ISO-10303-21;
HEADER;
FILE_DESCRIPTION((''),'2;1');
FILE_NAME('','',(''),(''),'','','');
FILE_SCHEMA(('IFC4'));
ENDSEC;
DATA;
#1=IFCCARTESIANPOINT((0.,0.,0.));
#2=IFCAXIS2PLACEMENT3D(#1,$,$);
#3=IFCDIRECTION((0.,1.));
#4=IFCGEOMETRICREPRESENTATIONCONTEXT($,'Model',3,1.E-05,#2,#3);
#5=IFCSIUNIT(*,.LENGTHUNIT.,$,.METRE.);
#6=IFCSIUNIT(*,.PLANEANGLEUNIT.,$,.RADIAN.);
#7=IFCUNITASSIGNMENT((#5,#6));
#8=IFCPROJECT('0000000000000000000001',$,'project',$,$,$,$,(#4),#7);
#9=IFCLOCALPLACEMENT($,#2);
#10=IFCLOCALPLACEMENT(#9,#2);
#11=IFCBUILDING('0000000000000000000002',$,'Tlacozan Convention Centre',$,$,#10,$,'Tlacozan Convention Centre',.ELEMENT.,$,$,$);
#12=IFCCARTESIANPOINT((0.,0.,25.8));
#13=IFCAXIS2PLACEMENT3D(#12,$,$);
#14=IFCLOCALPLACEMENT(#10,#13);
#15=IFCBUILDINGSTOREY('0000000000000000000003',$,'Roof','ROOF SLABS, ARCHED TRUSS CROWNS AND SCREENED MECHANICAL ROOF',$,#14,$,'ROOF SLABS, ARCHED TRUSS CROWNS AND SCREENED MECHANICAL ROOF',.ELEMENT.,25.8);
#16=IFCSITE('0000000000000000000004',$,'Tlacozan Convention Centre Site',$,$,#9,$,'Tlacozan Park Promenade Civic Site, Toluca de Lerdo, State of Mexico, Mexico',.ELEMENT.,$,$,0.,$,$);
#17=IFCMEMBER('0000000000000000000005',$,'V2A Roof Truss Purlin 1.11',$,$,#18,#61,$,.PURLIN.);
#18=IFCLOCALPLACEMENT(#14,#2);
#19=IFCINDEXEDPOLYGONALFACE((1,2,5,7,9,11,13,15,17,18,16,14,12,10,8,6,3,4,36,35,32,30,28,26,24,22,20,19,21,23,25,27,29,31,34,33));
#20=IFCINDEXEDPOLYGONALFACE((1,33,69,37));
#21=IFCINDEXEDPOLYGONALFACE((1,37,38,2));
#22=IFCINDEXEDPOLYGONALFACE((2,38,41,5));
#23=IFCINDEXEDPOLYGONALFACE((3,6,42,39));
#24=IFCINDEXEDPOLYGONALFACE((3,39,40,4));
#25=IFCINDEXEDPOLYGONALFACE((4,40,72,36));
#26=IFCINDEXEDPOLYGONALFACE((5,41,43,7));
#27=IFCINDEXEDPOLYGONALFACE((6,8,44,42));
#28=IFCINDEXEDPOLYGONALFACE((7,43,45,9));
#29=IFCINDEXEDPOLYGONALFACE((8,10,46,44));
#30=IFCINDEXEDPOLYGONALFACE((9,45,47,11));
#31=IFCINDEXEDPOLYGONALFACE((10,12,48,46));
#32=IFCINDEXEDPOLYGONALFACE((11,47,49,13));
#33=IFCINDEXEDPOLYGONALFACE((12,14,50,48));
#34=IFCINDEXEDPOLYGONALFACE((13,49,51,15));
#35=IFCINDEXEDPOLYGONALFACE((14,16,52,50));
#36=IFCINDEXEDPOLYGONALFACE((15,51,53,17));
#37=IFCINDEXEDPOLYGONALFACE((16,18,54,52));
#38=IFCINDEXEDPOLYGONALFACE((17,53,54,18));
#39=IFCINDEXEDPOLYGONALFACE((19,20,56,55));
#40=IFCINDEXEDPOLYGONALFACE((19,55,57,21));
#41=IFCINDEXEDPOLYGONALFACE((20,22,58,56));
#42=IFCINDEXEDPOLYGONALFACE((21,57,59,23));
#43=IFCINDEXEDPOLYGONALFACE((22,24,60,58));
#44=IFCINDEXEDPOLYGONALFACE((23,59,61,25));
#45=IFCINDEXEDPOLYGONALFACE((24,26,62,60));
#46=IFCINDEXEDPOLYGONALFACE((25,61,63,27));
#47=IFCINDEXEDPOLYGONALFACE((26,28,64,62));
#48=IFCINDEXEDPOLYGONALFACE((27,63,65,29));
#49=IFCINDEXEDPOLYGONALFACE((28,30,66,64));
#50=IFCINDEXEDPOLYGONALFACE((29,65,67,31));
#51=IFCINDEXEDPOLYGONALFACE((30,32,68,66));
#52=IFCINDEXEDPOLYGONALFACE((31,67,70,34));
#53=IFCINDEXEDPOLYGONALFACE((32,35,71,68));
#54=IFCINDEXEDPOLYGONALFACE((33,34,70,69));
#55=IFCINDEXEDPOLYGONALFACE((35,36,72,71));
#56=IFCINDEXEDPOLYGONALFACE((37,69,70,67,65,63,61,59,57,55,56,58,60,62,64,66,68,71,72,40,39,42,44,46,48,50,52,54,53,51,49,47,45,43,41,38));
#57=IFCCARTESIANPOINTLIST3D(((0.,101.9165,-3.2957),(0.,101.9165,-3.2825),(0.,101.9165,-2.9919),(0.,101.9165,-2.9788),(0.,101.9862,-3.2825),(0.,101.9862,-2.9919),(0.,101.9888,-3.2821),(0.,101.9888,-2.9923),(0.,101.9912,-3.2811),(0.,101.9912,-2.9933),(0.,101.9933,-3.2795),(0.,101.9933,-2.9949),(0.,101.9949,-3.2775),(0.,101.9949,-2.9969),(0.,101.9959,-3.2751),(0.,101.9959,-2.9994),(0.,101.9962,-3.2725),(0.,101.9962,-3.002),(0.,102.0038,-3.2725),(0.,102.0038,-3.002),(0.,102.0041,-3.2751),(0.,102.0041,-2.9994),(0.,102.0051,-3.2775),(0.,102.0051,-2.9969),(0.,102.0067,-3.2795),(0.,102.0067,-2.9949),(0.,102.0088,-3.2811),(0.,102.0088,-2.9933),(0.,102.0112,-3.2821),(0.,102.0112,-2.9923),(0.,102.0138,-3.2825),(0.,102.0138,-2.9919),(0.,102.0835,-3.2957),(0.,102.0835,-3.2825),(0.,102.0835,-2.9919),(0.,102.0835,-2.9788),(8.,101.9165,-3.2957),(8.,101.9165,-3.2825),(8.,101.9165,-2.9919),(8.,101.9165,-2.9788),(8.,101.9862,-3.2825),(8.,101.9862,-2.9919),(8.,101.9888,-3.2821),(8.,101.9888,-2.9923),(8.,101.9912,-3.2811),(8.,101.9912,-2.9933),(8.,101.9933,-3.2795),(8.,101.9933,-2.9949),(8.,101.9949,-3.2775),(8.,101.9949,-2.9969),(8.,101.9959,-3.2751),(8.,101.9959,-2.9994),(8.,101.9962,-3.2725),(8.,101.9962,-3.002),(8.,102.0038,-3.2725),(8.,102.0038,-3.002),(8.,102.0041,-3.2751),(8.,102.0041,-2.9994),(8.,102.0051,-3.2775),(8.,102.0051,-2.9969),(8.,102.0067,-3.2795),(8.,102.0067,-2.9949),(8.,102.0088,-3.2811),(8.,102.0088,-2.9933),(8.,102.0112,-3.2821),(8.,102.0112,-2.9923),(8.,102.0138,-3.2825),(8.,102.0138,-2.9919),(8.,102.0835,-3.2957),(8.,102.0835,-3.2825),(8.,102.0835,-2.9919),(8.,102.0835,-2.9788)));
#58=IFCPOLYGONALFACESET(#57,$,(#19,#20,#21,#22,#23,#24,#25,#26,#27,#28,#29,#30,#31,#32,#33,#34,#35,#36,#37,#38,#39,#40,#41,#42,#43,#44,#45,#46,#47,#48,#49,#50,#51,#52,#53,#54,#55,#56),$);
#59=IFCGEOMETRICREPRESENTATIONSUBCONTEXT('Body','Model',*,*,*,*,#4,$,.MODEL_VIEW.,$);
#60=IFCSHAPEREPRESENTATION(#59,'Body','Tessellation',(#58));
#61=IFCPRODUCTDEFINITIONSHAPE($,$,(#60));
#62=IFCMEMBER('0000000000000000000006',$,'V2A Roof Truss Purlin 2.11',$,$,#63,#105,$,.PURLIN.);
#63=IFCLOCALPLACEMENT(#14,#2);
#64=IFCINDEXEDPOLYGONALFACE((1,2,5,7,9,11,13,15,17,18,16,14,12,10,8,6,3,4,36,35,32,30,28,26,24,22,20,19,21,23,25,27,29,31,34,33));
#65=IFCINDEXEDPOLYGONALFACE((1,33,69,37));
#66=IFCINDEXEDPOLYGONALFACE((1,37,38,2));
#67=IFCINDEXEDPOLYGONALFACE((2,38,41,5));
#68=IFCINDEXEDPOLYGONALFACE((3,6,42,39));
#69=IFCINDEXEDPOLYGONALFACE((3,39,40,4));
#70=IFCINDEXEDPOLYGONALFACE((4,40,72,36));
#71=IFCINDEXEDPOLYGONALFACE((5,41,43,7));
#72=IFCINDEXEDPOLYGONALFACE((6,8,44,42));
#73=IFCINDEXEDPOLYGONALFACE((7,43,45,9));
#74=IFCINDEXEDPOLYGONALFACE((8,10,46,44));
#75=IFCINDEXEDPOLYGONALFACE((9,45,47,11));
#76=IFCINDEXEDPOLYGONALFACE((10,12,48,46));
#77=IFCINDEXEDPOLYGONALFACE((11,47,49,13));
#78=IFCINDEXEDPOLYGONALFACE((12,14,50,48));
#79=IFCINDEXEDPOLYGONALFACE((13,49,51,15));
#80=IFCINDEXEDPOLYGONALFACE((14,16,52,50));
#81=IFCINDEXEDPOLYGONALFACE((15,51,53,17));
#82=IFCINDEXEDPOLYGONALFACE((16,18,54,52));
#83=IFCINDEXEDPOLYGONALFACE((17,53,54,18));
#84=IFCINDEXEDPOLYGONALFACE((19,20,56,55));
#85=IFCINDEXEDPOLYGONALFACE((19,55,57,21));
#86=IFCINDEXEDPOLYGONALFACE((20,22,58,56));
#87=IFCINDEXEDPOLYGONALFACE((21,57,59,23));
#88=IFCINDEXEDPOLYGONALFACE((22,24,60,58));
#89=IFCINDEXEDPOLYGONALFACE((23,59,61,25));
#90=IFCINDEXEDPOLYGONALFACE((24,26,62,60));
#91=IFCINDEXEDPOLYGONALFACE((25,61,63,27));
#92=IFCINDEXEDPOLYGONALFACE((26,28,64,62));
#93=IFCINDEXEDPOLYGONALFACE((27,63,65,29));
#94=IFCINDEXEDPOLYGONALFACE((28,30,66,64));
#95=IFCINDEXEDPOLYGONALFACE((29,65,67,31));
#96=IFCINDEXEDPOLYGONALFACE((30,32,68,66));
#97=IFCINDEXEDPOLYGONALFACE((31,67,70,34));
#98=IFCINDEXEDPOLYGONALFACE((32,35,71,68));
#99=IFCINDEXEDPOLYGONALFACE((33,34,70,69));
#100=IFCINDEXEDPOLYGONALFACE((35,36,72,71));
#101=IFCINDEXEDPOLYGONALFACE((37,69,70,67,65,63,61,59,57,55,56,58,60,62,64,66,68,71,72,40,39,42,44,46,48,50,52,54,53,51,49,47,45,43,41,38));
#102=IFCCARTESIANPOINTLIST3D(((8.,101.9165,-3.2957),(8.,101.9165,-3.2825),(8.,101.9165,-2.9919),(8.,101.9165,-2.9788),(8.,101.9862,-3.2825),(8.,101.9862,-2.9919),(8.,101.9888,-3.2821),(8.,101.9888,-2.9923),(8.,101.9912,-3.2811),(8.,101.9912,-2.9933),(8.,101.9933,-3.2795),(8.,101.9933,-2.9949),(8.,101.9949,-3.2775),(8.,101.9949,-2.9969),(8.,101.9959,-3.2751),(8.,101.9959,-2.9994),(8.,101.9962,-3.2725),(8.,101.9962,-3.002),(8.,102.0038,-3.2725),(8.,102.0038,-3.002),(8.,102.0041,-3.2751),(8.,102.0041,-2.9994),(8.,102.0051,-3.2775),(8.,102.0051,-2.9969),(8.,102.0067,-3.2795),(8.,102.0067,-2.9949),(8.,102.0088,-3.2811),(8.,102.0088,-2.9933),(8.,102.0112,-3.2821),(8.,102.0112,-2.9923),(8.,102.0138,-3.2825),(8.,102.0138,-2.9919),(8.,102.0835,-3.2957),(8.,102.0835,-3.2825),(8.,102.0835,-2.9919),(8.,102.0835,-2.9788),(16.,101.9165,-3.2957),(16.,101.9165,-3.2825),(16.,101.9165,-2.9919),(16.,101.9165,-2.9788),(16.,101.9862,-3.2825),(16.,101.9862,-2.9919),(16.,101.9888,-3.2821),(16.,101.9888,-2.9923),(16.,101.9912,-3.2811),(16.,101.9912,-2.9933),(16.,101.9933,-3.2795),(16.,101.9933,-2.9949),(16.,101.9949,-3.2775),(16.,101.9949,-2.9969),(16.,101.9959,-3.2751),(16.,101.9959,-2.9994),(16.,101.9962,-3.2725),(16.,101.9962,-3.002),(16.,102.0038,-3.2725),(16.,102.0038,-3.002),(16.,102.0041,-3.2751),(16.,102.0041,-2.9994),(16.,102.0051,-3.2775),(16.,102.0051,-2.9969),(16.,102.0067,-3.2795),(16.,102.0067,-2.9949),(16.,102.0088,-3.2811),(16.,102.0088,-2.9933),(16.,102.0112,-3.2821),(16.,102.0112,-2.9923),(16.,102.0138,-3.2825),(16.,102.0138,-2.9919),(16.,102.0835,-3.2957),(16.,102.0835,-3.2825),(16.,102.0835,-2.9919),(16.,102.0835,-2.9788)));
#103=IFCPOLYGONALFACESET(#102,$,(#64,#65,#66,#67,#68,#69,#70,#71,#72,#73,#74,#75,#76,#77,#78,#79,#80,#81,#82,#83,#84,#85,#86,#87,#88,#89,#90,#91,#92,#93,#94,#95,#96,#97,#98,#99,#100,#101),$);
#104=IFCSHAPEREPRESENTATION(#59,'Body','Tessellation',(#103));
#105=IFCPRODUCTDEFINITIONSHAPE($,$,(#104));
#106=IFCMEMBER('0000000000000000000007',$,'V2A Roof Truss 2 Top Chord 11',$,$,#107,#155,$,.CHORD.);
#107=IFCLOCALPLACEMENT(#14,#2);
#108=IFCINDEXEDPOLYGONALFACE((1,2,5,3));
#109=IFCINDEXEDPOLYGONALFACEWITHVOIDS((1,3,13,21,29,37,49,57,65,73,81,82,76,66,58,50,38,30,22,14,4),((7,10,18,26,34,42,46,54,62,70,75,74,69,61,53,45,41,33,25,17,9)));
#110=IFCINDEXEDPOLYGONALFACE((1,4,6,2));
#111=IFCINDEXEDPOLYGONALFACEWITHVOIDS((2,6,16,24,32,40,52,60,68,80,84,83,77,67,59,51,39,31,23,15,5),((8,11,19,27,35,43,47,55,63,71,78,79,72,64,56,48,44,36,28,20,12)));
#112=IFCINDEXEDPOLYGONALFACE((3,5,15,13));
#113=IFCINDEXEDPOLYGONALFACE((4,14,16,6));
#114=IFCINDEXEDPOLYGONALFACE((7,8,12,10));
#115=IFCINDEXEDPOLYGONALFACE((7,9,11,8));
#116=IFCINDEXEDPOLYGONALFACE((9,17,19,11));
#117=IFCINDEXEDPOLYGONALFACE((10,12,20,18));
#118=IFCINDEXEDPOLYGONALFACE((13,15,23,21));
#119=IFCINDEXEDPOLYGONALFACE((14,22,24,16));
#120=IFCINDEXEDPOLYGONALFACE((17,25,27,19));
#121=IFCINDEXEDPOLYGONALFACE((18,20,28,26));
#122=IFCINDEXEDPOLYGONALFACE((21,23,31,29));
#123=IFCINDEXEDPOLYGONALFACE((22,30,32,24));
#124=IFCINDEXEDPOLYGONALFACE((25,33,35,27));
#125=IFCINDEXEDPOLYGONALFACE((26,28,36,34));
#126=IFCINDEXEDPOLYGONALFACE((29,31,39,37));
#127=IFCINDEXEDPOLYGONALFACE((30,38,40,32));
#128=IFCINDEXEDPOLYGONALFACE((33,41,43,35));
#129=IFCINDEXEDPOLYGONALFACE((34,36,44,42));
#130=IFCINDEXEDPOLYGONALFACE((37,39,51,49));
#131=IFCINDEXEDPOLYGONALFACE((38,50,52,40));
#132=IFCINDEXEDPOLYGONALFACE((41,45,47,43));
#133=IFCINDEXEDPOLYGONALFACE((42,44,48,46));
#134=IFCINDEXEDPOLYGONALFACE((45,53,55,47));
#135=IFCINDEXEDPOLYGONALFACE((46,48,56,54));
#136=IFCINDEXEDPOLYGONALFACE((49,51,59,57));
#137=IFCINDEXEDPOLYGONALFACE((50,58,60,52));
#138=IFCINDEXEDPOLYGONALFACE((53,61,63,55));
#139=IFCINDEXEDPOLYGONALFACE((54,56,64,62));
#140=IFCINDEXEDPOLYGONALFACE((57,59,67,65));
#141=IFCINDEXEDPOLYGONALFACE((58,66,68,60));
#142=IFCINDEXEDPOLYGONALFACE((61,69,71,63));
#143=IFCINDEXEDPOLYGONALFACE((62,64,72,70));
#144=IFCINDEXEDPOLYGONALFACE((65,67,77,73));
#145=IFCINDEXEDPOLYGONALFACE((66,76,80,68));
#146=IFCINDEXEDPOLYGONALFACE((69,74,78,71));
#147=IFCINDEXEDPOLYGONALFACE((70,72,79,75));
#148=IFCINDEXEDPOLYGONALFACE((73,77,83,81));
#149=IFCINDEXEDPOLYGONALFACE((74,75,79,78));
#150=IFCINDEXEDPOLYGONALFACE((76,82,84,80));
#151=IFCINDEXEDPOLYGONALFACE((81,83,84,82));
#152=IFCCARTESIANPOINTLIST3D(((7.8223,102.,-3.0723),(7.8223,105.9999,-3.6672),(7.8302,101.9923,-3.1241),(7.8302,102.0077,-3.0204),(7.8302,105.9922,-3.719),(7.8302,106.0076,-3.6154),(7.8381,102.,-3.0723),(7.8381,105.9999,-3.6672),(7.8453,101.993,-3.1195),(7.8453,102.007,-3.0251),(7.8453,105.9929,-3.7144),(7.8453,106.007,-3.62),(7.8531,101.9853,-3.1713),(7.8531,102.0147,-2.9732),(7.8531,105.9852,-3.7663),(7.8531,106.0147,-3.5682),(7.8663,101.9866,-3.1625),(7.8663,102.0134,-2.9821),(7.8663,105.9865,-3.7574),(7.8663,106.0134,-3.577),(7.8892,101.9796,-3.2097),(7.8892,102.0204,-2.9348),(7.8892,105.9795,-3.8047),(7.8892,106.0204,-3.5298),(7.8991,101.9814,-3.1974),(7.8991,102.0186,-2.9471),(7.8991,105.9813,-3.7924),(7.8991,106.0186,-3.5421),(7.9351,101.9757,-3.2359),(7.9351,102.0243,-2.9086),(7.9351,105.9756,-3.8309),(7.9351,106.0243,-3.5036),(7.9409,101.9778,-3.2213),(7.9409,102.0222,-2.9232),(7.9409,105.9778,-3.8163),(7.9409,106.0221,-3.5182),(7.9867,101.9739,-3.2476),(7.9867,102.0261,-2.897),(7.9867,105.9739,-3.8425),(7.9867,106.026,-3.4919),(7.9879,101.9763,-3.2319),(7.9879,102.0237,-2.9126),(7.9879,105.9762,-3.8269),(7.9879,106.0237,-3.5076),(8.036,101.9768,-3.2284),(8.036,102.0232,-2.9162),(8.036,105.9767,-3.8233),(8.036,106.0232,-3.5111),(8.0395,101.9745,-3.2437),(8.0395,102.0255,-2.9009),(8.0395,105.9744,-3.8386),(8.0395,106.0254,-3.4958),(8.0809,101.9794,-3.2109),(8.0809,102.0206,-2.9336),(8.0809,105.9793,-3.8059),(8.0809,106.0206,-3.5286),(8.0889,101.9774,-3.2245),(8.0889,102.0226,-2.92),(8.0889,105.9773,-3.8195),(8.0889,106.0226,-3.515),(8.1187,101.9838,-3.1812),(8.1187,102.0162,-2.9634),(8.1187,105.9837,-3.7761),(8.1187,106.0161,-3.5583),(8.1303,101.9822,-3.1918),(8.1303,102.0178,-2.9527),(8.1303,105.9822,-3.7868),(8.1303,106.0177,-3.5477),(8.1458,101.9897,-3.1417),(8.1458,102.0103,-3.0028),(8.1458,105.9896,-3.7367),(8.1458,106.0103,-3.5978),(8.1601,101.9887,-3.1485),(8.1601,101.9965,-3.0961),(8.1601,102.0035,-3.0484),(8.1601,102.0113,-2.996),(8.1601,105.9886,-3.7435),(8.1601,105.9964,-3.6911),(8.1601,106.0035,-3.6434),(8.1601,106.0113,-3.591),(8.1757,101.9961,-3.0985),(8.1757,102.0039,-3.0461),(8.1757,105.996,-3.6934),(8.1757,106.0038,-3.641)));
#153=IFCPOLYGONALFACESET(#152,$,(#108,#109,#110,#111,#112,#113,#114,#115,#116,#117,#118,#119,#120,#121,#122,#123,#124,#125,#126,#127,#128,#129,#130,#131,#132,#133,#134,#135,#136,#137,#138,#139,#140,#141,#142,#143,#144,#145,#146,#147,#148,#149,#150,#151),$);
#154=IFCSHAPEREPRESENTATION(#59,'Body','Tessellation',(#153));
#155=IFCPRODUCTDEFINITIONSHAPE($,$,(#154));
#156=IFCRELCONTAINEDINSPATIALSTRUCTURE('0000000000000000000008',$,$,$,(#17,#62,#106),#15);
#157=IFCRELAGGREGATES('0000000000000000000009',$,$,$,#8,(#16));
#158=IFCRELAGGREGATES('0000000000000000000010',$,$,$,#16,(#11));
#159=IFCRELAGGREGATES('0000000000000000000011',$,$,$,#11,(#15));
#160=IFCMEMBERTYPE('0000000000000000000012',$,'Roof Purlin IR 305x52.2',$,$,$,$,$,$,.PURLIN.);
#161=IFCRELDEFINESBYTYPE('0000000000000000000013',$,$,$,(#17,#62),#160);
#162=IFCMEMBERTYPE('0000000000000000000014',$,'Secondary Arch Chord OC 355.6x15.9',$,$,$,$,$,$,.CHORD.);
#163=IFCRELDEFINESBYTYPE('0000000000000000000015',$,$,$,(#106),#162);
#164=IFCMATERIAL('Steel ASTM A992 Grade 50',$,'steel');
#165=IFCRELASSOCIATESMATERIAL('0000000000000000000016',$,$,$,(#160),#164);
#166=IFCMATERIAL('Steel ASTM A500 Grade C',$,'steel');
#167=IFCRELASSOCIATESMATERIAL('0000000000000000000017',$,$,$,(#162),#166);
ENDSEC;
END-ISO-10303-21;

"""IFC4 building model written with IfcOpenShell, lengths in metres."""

from ifc_helpers import new_model, si_unit, direction, frame, origin, origin_2d, place, context, subcontext, project, spatial, hollow_circle, i_section, extrude, material, material_profile, profile_set, type_object, element, save


model = new_model("IFC4")

# Units and contexts
model_context = context("Model", 3, precision=1e-05, world=origin(), true_north=direction((0.0, 1.0)))
body_context = subcontext(model_context, "Body", "Model", "MODEL_VIEW")
ifc_project = project(units=[si_unit("LENGTHUNIT", "METRE"), si_unit("PLANEANGLEUNIT", "RADIAN")], contexts=[model_context])

# Site, building, storey
site_placement = place(None, origin())
site = spatial("IfcSite", under=ifc_project, at=site_placement, Name="Tlacozan Convention Centre Site", LongName="Tlacozan Park Promenade Civic Site, Toluca de Lerdo, State of Mexico, Mexico", CompositionType="ELEMENT", RefElevation=0.0)
building_placement = place(site_placement, origin())
building = spatial("IfcBuilding", under=site, at=building_placement, Name="Tlacozan Convention Centre", LongName="Tlacozan Convention Centre", CompositionType="ELEMENT")
storey_placement = place(building_placement, frame((0.0, 0.0, 25.8)))
storey = spatial("IfcBuildingStorey", under=building, at=storey_placement, Name="Roof", Description="ROOF SLABS, ARCHED TRUSS CROWNS AND SCREENED MECHANICAL ROOF", LongName="ROOF SLABS, ARCHED TRUSS CROWNS AND SCREENED MECHANICAL ROOF", CompositionType="ELEMENT", Elevation=25.8)

# Members
ifc_material_1 = material(Name="Steel ASTM A500 Grade C", Category="steel")
ifc_material_2 = material(Name="Steel ASTM A992 Grade 50", Category="steel")
ifc_material_profile_1 = material_profile(ifc_material_2, i_section(OverallWidth=0.167, OverallDepth=0.3169, WebThickness=0.0076, FlangeThickness=0.0132, FilletRadius=0.01, at=origin_2d()), Name="IR 305x52.2")
ifc_profile_set_1 = profile_set([ifc_material_profile_1], Name="Steel ASTM A992 Grade 50")
member_type_1 = type_object("IfcMemberType", Name="Roof Purlin IR 305x52.2", PredefinedType="PURLIN", material=ifc_profile_set_1)
for number, where, z_axis, x_axis, name in (
    (1, (0.0, 102.0, -3.1372), (1.0, 0.0, 0.0), (0.0, 1.0, 0.0), "V2A Roof Truss Purlin 1.11"),
    (2, (8.0, 102.0, -3.1372), (1.0, 0.0, 0.0), (0.0, 1.0, 0.0), "V2A Roof Truss Purlin 2.11"),
):
    element("IfcMember", number, at=place(storey_placement, frame(where, z_axis=z_axis, x_axis=x_axis)), inside=storey, type_object=member_type_1, Name=name, PredefinedType="PURLIN", context=body_context, shape_type="SweptSolid", body=[
        extrude(i_section(OverallWidth=0.167, OverallDepth=0.3169, WebThickness=0.0076, FlangeThickness=0.0132, FilletRadius=0.01, at=origin_2d()), origin(), (0.0, 0.0, 1.0), 8.0),
    ])
ifc_material_profile_2 = material_profile(ifc_material_1, hollow_circle(Radius=0.1777, WallThickness=0.0159, at=origin_2d()), Name="OC 355.6x15.9")
ifc_profile_set_2 = profile_set([ifc_material_profile_2], Name="Steel ASTM A500 Grade C")
member_type_2 = type_object("IfcMemberType", Name="Secondary Arch Chord OC 355.6x15.9", PredefinedType="CHORD", material=ifc_profile_set_2)
member_1_placement = place(storey_placement, frame((8.0, 102.0, -3.0723), z_axis=(0.0, 0.989118, -0.147124), x_axis=(-1.0, 0.0, 0.0)))
element("IfcMember", 3, at=member_1_placement, inside=storey, type_object=member_type_2, Name="V2A Roof Truss 2 Top Chord 11", PredefinedType="CHORD", context=body_context, shape_type="SweptSolid", body=[
    extrude(hollow_circle(Radius=0.1777, WallThickness=0.0159, at=origin_2d()), origin(), (0.0, 0.0, 1.0), 4.0439),
])

save(model, "model.ifc")
